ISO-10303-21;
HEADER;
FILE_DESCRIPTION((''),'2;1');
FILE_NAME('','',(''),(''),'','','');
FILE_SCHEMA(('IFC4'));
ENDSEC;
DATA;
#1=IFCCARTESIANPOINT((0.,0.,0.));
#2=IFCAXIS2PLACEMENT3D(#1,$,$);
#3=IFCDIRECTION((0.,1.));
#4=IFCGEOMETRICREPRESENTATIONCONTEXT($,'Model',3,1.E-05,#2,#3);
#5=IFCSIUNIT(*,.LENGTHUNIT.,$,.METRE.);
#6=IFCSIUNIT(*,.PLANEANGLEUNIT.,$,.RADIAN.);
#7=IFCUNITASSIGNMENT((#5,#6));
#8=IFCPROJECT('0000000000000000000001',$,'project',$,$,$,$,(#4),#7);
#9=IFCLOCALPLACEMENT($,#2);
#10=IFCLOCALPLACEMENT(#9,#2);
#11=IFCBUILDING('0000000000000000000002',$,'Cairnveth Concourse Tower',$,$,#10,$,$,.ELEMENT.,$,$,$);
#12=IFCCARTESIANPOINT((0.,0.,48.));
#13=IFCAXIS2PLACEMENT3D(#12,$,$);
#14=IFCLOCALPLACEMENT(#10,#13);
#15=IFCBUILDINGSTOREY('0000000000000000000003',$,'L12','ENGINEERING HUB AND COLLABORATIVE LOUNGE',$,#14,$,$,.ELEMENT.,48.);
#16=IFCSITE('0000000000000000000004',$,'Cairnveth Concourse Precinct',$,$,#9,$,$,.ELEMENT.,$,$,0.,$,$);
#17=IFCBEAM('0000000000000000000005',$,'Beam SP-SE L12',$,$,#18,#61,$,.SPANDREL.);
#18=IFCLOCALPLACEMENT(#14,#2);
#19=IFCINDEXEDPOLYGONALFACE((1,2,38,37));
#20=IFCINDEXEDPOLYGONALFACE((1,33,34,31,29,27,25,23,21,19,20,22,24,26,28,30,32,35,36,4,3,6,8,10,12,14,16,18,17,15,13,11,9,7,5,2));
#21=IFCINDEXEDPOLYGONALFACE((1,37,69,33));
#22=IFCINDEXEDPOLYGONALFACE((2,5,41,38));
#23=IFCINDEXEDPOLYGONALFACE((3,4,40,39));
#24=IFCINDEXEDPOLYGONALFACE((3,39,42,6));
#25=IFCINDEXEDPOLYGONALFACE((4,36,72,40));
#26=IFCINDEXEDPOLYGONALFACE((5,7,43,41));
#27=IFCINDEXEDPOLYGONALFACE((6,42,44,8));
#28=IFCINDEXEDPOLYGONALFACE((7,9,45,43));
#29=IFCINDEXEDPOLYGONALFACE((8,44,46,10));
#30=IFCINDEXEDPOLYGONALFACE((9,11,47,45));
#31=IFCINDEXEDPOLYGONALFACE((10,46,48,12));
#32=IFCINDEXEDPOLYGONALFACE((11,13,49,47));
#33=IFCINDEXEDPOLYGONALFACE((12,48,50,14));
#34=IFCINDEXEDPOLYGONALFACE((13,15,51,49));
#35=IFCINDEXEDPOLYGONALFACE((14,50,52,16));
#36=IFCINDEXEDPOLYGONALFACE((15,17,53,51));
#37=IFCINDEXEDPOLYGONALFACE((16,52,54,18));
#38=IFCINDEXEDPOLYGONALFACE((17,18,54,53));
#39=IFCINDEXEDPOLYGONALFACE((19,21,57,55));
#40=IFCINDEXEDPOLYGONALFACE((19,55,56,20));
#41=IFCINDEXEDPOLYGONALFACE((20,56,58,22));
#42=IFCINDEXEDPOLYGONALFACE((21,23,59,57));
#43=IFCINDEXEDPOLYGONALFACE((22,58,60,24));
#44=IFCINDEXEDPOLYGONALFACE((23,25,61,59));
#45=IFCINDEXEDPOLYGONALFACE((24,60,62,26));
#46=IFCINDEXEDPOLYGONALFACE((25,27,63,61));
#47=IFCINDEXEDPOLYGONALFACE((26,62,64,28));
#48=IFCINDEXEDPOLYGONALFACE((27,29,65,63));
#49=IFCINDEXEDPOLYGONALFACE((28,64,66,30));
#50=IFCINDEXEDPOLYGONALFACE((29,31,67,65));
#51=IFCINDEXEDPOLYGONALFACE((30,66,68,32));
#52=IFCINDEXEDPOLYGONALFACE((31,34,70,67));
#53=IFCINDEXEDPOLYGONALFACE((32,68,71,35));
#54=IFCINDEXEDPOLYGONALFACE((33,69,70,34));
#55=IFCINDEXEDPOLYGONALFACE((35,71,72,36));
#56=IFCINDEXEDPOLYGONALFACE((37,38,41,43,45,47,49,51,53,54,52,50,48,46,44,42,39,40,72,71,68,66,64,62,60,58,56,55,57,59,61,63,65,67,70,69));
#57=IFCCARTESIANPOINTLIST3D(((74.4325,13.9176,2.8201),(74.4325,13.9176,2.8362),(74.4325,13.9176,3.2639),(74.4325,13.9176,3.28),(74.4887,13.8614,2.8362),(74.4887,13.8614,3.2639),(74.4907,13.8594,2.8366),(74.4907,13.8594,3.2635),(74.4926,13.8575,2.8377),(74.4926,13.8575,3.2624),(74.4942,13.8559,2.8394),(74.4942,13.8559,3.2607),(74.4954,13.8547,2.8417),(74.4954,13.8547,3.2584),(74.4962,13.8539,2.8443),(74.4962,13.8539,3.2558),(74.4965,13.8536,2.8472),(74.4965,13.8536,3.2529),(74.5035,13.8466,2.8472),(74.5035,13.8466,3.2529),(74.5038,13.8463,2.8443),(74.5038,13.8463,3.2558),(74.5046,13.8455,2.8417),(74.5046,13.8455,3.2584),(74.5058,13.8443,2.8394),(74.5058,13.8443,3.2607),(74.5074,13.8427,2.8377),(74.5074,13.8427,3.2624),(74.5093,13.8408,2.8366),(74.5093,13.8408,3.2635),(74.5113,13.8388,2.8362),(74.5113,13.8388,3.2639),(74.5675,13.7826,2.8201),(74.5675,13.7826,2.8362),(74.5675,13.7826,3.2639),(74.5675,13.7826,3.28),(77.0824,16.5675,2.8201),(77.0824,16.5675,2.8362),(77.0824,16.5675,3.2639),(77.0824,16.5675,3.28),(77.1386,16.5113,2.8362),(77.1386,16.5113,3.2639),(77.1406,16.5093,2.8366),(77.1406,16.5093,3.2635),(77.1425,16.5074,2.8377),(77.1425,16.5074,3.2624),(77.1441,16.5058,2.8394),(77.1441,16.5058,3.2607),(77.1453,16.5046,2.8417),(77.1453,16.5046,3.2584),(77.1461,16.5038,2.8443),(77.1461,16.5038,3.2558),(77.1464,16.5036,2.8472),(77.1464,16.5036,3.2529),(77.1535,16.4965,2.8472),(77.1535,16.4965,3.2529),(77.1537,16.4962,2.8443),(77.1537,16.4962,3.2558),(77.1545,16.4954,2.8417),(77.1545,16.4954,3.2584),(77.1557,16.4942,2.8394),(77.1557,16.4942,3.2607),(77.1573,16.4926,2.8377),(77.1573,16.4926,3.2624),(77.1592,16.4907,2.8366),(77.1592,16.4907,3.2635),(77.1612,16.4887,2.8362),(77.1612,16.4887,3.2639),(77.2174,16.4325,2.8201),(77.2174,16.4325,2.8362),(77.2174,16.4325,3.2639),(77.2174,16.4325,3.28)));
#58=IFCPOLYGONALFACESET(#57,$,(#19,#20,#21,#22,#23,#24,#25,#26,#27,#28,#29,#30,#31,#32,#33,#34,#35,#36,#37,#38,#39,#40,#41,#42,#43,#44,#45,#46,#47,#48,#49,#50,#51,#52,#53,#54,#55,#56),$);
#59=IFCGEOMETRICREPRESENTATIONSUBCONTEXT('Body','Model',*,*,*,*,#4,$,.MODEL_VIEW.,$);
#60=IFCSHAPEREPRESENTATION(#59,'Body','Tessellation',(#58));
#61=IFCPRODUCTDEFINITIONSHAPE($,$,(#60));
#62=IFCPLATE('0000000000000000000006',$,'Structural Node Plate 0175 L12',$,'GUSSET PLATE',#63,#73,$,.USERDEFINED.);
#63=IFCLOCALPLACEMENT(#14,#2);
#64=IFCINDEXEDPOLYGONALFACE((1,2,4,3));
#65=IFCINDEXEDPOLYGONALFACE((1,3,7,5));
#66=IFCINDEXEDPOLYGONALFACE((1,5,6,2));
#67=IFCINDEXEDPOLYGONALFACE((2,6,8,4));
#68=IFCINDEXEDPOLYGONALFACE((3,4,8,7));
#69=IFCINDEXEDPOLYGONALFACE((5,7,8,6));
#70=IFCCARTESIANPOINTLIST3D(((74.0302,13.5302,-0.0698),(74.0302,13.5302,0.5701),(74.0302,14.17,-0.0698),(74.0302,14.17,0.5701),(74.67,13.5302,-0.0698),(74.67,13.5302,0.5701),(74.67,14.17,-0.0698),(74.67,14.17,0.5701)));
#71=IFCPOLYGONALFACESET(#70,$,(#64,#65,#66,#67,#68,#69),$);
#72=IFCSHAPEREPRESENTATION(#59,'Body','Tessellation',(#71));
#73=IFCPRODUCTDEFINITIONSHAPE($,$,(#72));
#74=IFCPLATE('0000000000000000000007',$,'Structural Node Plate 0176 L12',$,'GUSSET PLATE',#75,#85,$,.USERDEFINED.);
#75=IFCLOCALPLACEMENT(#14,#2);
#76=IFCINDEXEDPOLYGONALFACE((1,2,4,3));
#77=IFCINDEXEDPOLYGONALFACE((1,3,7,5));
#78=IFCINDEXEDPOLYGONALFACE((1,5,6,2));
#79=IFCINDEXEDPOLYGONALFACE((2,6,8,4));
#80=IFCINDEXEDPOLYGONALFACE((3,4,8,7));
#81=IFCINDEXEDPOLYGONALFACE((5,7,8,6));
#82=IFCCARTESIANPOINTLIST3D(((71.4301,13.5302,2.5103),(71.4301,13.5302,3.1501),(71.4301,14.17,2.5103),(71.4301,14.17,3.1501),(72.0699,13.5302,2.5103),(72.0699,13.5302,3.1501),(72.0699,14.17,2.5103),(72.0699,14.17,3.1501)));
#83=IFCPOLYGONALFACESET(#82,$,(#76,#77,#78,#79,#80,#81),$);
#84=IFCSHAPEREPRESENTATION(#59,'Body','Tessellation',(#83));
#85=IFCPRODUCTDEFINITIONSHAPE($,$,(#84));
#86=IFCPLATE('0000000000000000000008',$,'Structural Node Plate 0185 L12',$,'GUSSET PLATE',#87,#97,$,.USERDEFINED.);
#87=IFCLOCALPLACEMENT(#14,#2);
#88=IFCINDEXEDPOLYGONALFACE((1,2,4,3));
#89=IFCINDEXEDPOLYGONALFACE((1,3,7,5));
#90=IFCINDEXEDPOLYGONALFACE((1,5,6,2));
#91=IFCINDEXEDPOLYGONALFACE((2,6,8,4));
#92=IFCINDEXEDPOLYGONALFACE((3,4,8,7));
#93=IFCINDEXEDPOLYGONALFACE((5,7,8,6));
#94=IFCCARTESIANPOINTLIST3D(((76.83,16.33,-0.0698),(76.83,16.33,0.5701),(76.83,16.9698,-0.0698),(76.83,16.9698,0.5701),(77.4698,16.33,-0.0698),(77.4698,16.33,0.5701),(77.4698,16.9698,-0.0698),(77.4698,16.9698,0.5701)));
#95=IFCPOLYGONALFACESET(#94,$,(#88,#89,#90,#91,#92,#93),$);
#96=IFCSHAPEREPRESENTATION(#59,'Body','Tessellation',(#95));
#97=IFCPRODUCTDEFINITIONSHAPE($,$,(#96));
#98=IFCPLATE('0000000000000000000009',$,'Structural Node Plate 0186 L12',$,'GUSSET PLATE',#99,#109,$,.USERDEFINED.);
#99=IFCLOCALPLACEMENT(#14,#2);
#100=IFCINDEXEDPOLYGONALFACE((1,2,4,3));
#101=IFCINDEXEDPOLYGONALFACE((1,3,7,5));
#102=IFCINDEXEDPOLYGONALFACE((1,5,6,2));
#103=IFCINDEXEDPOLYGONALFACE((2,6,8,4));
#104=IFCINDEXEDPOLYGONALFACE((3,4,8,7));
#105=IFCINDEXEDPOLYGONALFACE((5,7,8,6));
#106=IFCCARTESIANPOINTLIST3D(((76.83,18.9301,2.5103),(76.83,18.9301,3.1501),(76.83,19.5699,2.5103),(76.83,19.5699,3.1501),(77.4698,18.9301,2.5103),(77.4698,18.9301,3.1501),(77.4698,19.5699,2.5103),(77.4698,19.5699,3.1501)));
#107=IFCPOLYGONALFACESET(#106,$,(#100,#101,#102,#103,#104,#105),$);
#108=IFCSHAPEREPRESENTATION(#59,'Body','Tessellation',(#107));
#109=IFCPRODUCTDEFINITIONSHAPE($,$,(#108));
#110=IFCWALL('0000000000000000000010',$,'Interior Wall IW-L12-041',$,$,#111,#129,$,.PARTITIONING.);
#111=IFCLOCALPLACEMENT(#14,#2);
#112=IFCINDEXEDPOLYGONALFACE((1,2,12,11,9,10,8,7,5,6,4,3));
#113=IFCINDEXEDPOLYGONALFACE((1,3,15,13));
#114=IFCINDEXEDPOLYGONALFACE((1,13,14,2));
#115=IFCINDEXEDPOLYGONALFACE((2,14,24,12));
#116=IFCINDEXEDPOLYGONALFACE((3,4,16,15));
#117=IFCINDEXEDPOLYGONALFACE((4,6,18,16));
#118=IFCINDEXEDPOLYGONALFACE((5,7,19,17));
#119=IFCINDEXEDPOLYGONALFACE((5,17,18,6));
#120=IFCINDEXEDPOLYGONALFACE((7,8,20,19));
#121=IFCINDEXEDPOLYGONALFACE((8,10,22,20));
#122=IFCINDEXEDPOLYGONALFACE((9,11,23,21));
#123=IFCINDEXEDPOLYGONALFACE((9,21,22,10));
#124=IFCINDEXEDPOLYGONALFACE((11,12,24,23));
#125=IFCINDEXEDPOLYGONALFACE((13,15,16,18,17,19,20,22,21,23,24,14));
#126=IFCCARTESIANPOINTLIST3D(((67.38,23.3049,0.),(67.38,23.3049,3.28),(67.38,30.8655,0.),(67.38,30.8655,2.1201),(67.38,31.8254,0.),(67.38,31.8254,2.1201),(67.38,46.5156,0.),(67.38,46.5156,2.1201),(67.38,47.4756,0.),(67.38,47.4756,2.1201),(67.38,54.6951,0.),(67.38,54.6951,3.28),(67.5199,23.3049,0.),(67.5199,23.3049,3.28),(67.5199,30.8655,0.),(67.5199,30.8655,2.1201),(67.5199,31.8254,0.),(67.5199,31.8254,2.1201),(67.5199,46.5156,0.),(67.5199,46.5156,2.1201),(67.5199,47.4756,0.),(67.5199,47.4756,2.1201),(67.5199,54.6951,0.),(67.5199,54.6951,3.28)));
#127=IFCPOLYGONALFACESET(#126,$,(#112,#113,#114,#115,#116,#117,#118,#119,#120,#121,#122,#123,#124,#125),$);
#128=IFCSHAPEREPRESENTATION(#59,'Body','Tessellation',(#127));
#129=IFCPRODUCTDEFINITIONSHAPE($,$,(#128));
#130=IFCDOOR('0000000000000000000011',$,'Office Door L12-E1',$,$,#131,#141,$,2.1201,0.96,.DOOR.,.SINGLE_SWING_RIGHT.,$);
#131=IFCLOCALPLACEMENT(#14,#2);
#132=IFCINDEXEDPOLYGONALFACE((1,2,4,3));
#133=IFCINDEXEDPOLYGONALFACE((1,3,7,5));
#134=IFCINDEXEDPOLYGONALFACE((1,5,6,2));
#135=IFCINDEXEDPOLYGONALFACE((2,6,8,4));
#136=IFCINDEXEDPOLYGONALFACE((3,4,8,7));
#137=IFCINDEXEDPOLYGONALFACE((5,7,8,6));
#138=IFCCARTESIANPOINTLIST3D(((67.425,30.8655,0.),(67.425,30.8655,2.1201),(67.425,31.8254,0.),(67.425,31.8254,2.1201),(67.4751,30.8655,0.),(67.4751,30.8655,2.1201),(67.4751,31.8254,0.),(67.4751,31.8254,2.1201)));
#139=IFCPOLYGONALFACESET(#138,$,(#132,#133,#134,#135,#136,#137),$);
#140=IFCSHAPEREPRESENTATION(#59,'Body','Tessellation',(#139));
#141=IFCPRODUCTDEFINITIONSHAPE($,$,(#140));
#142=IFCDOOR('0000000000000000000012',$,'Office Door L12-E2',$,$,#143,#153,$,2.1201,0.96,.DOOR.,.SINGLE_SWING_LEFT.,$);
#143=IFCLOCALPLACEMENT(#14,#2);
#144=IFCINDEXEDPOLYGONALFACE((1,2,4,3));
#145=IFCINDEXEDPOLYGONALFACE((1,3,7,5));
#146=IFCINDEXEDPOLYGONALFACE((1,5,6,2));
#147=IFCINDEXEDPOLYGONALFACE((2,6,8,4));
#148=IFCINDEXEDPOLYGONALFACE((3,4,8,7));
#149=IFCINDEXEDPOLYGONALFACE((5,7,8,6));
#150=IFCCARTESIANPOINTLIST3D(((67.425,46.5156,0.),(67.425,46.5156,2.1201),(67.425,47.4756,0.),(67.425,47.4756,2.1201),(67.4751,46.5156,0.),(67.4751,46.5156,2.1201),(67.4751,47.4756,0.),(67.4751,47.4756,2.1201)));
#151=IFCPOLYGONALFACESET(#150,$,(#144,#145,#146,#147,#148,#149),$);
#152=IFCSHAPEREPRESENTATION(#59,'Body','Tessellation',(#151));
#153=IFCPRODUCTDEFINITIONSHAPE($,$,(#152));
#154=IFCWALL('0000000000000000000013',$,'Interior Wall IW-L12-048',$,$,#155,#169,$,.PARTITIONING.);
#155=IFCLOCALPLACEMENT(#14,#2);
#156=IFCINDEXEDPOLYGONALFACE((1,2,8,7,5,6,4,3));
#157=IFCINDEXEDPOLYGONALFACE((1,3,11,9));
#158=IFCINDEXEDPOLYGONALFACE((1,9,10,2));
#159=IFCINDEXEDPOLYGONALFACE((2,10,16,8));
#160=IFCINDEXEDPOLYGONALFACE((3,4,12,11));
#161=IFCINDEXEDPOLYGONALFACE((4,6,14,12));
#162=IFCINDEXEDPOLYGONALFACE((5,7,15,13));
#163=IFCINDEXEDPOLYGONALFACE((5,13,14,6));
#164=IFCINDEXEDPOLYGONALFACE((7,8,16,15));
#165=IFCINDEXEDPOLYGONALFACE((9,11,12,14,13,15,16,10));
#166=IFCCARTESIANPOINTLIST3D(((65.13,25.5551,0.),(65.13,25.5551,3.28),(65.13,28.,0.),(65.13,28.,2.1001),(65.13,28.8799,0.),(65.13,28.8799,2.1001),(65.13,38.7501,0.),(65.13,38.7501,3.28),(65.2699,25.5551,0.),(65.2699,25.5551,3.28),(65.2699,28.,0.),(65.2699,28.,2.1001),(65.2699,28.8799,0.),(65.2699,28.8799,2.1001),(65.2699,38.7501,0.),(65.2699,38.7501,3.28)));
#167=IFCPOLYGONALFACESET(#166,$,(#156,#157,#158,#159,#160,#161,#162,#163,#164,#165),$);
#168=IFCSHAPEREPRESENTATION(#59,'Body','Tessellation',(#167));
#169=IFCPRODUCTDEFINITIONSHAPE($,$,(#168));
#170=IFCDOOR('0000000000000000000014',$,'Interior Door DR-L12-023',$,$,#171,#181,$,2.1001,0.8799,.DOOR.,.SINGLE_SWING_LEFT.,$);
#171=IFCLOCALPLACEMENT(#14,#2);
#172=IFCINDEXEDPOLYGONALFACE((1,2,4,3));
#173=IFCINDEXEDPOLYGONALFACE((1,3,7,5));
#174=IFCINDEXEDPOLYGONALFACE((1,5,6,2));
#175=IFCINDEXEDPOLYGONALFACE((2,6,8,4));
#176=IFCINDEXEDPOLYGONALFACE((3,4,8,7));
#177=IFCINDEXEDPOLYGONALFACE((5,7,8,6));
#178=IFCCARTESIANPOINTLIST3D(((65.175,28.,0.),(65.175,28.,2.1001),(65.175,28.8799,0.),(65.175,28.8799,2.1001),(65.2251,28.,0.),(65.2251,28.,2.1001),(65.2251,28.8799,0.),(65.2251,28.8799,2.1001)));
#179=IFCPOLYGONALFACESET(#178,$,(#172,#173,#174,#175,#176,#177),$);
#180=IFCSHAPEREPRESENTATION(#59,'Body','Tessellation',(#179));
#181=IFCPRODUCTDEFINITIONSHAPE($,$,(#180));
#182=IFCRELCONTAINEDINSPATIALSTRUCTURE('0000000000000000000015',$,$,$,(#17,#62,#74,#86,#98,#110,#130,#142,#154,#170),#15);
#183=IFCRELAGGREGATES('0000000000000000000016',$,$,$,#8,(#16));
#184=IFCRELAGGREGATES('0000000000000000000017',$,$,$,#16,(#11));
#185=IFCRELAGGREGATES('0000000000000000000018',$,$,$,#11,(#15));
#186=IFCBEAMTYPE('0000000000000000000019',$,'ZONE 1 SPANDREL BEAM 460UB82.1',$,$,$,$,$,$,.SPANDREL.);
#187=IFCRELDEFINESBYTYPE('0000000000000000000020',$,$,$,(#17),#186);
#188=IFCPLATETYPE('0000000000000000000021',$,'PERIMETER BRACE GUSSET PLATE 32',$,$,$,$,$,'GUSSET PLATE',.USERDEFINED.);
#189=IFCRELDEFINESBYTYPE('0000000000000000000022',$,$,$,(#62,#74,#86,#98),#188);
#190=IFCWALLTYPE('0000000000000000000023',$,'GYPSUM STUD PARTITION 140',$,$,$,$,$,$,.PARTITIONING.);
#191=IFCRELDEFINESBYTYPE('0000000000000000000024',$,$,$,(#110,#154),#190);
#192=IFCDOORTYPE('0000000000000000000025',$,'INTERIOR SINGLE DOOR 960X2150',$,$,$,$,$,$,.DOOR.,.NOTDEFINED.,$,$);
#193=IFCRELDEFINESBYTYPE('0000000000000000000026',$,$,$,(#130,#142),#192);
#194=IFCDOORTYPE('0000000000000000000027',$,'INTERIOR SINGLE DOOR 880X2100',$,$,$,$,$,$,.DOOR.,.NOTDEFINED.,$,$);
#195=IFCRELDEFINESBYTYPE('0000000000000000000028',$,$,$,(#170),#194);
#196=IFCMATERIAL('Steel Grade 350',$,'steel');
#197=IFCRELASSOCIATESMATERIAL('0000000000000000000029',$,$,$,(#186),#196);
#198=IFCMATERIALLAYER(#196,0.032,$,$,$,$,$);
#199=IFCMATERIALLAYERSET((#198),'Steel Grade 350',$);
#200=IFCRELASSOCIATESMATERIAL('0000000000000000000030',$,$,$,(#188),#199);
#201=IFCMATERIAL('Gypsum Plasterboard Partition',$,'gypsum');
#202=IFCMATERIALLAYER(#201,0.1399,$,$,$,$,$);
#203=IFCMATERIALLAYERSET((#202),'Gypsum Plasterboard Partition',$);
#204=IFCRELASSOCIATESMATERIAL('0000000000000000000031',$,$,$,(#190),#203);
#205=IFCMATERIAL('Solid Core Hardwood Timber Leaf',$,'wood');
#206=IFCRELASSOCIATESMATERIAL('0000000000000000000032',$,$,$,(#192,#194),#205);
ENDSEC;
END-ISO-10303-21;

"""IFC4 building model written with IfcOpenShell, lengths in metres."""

from ifc_helpers import new_model, si_unit, direction, frame, frame_2d, origin, origin_2d, place, context, subcontext, project, spatial, rectangle, i_section, extrude, material, layer, layer_set, material_profile, profile_set, type_object, element, fill, save


model = new_model("IFC4")

# Units and contexts
model_context = context("Model", 3, precision=1e-05, world=origin(), true_north=direction((0.0, 1.0)))
body_context = subcontext(model_context, "Body", "Model", "MODEL_VIEW")
ifc_project = project(units=[si_unit("LENGTHUNIT", "METRE"), si_unit("PLANEANGLEUNIT", "RADIAN")], contexts=[model_context])

# Site, building, storey
site_placement = place(None, origin())
site = spatial("IfcSite", under=ifc_project, at=site_placement, Name="Cairnveth Concourse Precinct", CompositionType="ELEMENT", RefElevation=0.0)
building_placement = place(site_placement, origin())
building = spatial("IfcBuilding", under=site, at=building_placement, Name="Cairnveth Concourse Tower", CompositionType="ELEMENT")
storey_placement = place(building_placement, frame((0.0, 0.0, 48.0)))
storey = spatial("IfcBuildingStorey", under=building, at=storey_placement, Name="L12", Description="ENGINEERING HUB AND COLLABORATIVE LOUNGE", CompositionType="ELEMENT", Elevation=48.0)

# Shared definitions
ifc_material_1 = material(Name="Steel Grade 350", Category="steel")

# Beam
ifc_material_profile_1 = material_profile(ifc_material_1, i_section(OverallWidth=0.1909, OverallDepth=0.46, WebThickness=0.01, FlangeThickness=0.0161, FilletRadius=0.011, at=origin_2d()), Name="460UB82.1")
ifc_profile_set_1 = profile_set([ifc_material_profile_1], Name="Steel Grade 350")
beam_type_1 = type_object("IfcBeamType", Name="ZONE 1 SPANDREL BEAM 460UB82.1", PredefinedType="SPANDREL", material=ifc_profile_set_1)
beam_1_placement = place(storey_placement, frame((74.5, 13.8501, 3.05), z_axis=(0.707107, 0.707107, 0.0), x_axis=(-0.707107, 0.707107, 0.0)))
element("IfcBeam", 1, at=beam_1_placement, inside=storey, type_object=beam_type_1, Name="Beam SP-SE L12", PredefinedType="SPANDREL", context=body_context, shape_type="SweptSolid", body=[
    extrude(i_section(OverallWidth=0.1909, OverallDepth=0.46, WebThickness=0.01, FlangeThickness=0.0161, FilletRadius=0.011, at=origin_2d()), origin(), (0.0, 0.0, 1.0), 3.7476),
])

# Plates
ifc_layer_1 = layer(ifc_material_1, 0.032)
ifc_layer_set_1 = layer_set([ifc_layer_1], Name="Steel Grade 350")
plate_type = type_object("IfcPlateType", Name="PERIMETER BRACE GUSSET PLATE 32", ElementType="GUSSET PLATE", PredefinedType="USERDEFINED", material=ifc_layer_set_1)
for number, where, z_axis, x_axis, name in (
    (2, (74.3501, 13.8501, -0.0698), (0.0, 0.0, 1.0), (1.0, 0.0, 0.0), "Structural Node Plate 0175 L12"),
    (3, (71.75, 13.8501, 2.5103), (0.0, 0.0, 1.0), (1.0, 0.0, 0.0), "Structural Node Plate 0176 L12"),
    (4, (77.1499, 16.6499, -0.0698), (0.0, 0.0, 1.0), (1.0, 0.0, 0.0), "Structural Node Plate 0185 L12"),
    (5, (77.1499, 19.25, 2.5103), (0.0, 0.0, 1.0), (1.0, 0.0, 0.0), "Structural Node Plate 0186 L12"),
):
    element("IfcPlate", number, at=place(storey_placement, frame(where, z_axis=z_axis, x_axis=x_axis)), inside=storey, type_object=plate_type, Name=name, ObjectType="GUSSET PLATE", PredefinedType="USERDEFINED", context=body_context, shape_type="SweptSolid", body=[
        extrude(rectangle(XDim=0.6399, YDim=0.6399, at=origin_2d()), origin(), (0.0, 0.0, 1.0), 0.6399),
    ])

# Wall, openings, doors
ifc_material_2 = material(Name="Gypsum Plasterboard Partition", Category="gypsum")
ifc_layer_2 = layer(ifc_material_2, 0.1399)
ifc_layer_set_2 = layer_set([ifc_layer_2], Name="Gypsum Plasterboard Partition")
wall_type_1 = type_object("IfcWallType", Name="GYPSUM STUD PARTITION 140", PredefinedType="PARTITIONING", material=ifc_layer_set_2)
wall_1_placement = place(storey_placement, frame((67.45, 23.3049, 0.0), z_axis=(0.0, 0.0, 1.0), x_axis=(0.0, 1.0, 0.0)))
wall_1 = element("IfcWall", 6, at=wall_1_placement, inside=storey, type_object=wall_type_1, Name="Interior Wall IW-L12-041", PredefinedType="PARTITIONING", context=body_context, shape_type="SweptSolid", body=[
    extrude(rectangle(XDim=31.3901, YDim=0.1399, at=frame_2d((15.6951, 0.0))), origin(), (0.0, 0.0, 1.0), 3.28),
])
opening_1_placement = place(wall_1_placement, frame((7.5605, 0.0, 0.0)))
opening_1 = element("IfcOpeningElement", 7, at=opening_1_placement, cuts=wall_1, PredefinedType="OPENING", context=body_context, shape_type="SweptSolid", body=[
    extrude(rectangle(XDim=0.96, YDim=2.1201, at=frame_2d((0.48, 1.0601))), frame((0.0, 0.0798, 0.0), z_axis=(0.0, -1.0, 0.0), x_axis=(1.0, 0.0, 0.0)), (0.0, 0.0, 1.0), 0.1599),
])
opening_2_placement = place(wall_1_placement, frame((23.2107, 0.0, 0.0)))
opening_2 = element("IfcOpeningElement", 8, at=opening_2_placement, cuts=wall_1, PredefinedType="OPENING", context=body_context, shape_type="SweptSolid", body=[
    extrude(rectangle(XDim=0.96, YDim=2.1201, at=frame_2d((0.48, 1.0601))), frame((0.0, 0.0798, 0.0), z_axis=(0.0, -1.0, 0.0), x_axis=(1.0, 0.0, 0.0)), (0.0, 0.0, 1.0), 0.1599),
])
ifc_material_3 = material(Name="Solid Core Hardwood Timber Leaf", Category="wood")
door_type_1 = type_object("IfcDoorType", Name="INTERIOR SINGLE DOOR 960X2150", OperationType="NOTDEFINED", PredefinedType="DOOR", material=ifc_material_3)
door_1_placement = place(opening_1_placement, origin())
door_1 = element("IfcDoor", 9, at=door_1_placement, inside=storey, type_object=door_type_1, Name="Office Door L12-E1", OperationType="SINGLE_SWING_RIGHT", OverallHeight=2.1201, OverallWidth=0.96, PredefinedType="DOOR", context=body_context, shape_type="SweptSolid", body=[
    extrude(rectangle(XDim=0.96, YDim=2.1201, at=frame_2d((0.48, 1.0601))), frame((0.0, 0.0249, 0.0), z_axis=(0.0, -1.0, 0.0), x_axis=(1.0, 0.0, 0.0)), (0.0, 0.0, 1.0), 0.05),
])
fill(opening_1, door_1)
door_2_placement = place(opening_2_placement, origin())
door_2 = element("IfcDoor", 10, at=door_2_placement, inside=storey, type_object=door_type_1, Name="Office Door L12-E2", OperationType="SINGLE_SWING_LEFT", OverallHeight=2.1201, OverallWidth=0.96, PredefinedType="DOOR", context=body_context, shape_type="SweptSolid", body=[
    extrude(rectangle(XDim=0.96, YDim=2.1201, at=frame_2d((0.48, 1.0601))), frame((0.0, 0.0249, 0.0), z_axis=(0.0, -1.0, 0.0), x_axis=(1.0, 0.0, 0.0)), (0.0, 0.0, 1.0), 0.05),
])
fill(opening_2, door_2)

# Wall, opening, door
wall_2_placement = place(storey_placement, frame((65.2, 25.5549, 0.0), z_axis=(0.0, 0.0, 1.0), x_axis=(0.0, 1.0, 0.0)))
wall_2 = element("IfcWall", 11, at=wall_2_placement, inside=storey, type_object=wall_type_1, Name="Interior Wall IW-L12-048", PredefinedType="PARTITIONING", context=body_context, shape_type="SweptSolid", body=[
    extrude(rectangle(XDim=13.1951, YDim=0.1399, at=frame_2d((6.5977, 0.0))), origin(), (0.0, 0.0, 1.0), 3.28),
])
opening_3_placement = place(wall_2_placement, frame((2.4451, 0.0, 0.0)))
opening_3 = element("IfcOpeningElement", 12, at=opening_3_placement, cuts=wall_2, PredefinedType="OPENING", context=body_context, shape_type="SweptSolid", body=[
    extrude(rectangle(XDim=0.8799, YDim=2.1001, at=frame_2d((0.4399, 1.05))), frame((0.0, 0.0798, 0.0), z_axis=(0.0, -1.0, 0.0), x_axis=(1.0, 0.0, 0.0)), (0.0, 0.0, 1.0), 0.1599),
])
door_type_2 = type_object("IfcDoorType", Name="INTERIOR SINGLE DOOR 880X2100", OperationType="NOTDEFINED", PredefinedType="DOOR", material=ifc_material_3)
door_3_placement = place(opening_3_placement, origin())
door_3 = element("IfcDoor", 13, at=door_3_placement, inside=storey, type_object=door_type_2, Name="Interior Door DR-L12-023", OperationType="SINGLE_SWING_LEFT", OverallHeight=2.1001, OverallWidth=0.8799, PredefinedType="DOOR", context=body_context, shape_type="SweptSolid", body=[
    extrude(rectangle(XDim=0.8799, YDim=2.1001, at=frame_2d((0.4399, 1.05))), frame((0.0, 0.0249, 0.0), z_axis=(0.0, -1.0, 0.0), x_axis=(1.0, 0.0, 0.0)), (0.0, 0.0, 1.0), 0.05),
])
fill(opening_3, door_3)

save(model, "model.ifc")
